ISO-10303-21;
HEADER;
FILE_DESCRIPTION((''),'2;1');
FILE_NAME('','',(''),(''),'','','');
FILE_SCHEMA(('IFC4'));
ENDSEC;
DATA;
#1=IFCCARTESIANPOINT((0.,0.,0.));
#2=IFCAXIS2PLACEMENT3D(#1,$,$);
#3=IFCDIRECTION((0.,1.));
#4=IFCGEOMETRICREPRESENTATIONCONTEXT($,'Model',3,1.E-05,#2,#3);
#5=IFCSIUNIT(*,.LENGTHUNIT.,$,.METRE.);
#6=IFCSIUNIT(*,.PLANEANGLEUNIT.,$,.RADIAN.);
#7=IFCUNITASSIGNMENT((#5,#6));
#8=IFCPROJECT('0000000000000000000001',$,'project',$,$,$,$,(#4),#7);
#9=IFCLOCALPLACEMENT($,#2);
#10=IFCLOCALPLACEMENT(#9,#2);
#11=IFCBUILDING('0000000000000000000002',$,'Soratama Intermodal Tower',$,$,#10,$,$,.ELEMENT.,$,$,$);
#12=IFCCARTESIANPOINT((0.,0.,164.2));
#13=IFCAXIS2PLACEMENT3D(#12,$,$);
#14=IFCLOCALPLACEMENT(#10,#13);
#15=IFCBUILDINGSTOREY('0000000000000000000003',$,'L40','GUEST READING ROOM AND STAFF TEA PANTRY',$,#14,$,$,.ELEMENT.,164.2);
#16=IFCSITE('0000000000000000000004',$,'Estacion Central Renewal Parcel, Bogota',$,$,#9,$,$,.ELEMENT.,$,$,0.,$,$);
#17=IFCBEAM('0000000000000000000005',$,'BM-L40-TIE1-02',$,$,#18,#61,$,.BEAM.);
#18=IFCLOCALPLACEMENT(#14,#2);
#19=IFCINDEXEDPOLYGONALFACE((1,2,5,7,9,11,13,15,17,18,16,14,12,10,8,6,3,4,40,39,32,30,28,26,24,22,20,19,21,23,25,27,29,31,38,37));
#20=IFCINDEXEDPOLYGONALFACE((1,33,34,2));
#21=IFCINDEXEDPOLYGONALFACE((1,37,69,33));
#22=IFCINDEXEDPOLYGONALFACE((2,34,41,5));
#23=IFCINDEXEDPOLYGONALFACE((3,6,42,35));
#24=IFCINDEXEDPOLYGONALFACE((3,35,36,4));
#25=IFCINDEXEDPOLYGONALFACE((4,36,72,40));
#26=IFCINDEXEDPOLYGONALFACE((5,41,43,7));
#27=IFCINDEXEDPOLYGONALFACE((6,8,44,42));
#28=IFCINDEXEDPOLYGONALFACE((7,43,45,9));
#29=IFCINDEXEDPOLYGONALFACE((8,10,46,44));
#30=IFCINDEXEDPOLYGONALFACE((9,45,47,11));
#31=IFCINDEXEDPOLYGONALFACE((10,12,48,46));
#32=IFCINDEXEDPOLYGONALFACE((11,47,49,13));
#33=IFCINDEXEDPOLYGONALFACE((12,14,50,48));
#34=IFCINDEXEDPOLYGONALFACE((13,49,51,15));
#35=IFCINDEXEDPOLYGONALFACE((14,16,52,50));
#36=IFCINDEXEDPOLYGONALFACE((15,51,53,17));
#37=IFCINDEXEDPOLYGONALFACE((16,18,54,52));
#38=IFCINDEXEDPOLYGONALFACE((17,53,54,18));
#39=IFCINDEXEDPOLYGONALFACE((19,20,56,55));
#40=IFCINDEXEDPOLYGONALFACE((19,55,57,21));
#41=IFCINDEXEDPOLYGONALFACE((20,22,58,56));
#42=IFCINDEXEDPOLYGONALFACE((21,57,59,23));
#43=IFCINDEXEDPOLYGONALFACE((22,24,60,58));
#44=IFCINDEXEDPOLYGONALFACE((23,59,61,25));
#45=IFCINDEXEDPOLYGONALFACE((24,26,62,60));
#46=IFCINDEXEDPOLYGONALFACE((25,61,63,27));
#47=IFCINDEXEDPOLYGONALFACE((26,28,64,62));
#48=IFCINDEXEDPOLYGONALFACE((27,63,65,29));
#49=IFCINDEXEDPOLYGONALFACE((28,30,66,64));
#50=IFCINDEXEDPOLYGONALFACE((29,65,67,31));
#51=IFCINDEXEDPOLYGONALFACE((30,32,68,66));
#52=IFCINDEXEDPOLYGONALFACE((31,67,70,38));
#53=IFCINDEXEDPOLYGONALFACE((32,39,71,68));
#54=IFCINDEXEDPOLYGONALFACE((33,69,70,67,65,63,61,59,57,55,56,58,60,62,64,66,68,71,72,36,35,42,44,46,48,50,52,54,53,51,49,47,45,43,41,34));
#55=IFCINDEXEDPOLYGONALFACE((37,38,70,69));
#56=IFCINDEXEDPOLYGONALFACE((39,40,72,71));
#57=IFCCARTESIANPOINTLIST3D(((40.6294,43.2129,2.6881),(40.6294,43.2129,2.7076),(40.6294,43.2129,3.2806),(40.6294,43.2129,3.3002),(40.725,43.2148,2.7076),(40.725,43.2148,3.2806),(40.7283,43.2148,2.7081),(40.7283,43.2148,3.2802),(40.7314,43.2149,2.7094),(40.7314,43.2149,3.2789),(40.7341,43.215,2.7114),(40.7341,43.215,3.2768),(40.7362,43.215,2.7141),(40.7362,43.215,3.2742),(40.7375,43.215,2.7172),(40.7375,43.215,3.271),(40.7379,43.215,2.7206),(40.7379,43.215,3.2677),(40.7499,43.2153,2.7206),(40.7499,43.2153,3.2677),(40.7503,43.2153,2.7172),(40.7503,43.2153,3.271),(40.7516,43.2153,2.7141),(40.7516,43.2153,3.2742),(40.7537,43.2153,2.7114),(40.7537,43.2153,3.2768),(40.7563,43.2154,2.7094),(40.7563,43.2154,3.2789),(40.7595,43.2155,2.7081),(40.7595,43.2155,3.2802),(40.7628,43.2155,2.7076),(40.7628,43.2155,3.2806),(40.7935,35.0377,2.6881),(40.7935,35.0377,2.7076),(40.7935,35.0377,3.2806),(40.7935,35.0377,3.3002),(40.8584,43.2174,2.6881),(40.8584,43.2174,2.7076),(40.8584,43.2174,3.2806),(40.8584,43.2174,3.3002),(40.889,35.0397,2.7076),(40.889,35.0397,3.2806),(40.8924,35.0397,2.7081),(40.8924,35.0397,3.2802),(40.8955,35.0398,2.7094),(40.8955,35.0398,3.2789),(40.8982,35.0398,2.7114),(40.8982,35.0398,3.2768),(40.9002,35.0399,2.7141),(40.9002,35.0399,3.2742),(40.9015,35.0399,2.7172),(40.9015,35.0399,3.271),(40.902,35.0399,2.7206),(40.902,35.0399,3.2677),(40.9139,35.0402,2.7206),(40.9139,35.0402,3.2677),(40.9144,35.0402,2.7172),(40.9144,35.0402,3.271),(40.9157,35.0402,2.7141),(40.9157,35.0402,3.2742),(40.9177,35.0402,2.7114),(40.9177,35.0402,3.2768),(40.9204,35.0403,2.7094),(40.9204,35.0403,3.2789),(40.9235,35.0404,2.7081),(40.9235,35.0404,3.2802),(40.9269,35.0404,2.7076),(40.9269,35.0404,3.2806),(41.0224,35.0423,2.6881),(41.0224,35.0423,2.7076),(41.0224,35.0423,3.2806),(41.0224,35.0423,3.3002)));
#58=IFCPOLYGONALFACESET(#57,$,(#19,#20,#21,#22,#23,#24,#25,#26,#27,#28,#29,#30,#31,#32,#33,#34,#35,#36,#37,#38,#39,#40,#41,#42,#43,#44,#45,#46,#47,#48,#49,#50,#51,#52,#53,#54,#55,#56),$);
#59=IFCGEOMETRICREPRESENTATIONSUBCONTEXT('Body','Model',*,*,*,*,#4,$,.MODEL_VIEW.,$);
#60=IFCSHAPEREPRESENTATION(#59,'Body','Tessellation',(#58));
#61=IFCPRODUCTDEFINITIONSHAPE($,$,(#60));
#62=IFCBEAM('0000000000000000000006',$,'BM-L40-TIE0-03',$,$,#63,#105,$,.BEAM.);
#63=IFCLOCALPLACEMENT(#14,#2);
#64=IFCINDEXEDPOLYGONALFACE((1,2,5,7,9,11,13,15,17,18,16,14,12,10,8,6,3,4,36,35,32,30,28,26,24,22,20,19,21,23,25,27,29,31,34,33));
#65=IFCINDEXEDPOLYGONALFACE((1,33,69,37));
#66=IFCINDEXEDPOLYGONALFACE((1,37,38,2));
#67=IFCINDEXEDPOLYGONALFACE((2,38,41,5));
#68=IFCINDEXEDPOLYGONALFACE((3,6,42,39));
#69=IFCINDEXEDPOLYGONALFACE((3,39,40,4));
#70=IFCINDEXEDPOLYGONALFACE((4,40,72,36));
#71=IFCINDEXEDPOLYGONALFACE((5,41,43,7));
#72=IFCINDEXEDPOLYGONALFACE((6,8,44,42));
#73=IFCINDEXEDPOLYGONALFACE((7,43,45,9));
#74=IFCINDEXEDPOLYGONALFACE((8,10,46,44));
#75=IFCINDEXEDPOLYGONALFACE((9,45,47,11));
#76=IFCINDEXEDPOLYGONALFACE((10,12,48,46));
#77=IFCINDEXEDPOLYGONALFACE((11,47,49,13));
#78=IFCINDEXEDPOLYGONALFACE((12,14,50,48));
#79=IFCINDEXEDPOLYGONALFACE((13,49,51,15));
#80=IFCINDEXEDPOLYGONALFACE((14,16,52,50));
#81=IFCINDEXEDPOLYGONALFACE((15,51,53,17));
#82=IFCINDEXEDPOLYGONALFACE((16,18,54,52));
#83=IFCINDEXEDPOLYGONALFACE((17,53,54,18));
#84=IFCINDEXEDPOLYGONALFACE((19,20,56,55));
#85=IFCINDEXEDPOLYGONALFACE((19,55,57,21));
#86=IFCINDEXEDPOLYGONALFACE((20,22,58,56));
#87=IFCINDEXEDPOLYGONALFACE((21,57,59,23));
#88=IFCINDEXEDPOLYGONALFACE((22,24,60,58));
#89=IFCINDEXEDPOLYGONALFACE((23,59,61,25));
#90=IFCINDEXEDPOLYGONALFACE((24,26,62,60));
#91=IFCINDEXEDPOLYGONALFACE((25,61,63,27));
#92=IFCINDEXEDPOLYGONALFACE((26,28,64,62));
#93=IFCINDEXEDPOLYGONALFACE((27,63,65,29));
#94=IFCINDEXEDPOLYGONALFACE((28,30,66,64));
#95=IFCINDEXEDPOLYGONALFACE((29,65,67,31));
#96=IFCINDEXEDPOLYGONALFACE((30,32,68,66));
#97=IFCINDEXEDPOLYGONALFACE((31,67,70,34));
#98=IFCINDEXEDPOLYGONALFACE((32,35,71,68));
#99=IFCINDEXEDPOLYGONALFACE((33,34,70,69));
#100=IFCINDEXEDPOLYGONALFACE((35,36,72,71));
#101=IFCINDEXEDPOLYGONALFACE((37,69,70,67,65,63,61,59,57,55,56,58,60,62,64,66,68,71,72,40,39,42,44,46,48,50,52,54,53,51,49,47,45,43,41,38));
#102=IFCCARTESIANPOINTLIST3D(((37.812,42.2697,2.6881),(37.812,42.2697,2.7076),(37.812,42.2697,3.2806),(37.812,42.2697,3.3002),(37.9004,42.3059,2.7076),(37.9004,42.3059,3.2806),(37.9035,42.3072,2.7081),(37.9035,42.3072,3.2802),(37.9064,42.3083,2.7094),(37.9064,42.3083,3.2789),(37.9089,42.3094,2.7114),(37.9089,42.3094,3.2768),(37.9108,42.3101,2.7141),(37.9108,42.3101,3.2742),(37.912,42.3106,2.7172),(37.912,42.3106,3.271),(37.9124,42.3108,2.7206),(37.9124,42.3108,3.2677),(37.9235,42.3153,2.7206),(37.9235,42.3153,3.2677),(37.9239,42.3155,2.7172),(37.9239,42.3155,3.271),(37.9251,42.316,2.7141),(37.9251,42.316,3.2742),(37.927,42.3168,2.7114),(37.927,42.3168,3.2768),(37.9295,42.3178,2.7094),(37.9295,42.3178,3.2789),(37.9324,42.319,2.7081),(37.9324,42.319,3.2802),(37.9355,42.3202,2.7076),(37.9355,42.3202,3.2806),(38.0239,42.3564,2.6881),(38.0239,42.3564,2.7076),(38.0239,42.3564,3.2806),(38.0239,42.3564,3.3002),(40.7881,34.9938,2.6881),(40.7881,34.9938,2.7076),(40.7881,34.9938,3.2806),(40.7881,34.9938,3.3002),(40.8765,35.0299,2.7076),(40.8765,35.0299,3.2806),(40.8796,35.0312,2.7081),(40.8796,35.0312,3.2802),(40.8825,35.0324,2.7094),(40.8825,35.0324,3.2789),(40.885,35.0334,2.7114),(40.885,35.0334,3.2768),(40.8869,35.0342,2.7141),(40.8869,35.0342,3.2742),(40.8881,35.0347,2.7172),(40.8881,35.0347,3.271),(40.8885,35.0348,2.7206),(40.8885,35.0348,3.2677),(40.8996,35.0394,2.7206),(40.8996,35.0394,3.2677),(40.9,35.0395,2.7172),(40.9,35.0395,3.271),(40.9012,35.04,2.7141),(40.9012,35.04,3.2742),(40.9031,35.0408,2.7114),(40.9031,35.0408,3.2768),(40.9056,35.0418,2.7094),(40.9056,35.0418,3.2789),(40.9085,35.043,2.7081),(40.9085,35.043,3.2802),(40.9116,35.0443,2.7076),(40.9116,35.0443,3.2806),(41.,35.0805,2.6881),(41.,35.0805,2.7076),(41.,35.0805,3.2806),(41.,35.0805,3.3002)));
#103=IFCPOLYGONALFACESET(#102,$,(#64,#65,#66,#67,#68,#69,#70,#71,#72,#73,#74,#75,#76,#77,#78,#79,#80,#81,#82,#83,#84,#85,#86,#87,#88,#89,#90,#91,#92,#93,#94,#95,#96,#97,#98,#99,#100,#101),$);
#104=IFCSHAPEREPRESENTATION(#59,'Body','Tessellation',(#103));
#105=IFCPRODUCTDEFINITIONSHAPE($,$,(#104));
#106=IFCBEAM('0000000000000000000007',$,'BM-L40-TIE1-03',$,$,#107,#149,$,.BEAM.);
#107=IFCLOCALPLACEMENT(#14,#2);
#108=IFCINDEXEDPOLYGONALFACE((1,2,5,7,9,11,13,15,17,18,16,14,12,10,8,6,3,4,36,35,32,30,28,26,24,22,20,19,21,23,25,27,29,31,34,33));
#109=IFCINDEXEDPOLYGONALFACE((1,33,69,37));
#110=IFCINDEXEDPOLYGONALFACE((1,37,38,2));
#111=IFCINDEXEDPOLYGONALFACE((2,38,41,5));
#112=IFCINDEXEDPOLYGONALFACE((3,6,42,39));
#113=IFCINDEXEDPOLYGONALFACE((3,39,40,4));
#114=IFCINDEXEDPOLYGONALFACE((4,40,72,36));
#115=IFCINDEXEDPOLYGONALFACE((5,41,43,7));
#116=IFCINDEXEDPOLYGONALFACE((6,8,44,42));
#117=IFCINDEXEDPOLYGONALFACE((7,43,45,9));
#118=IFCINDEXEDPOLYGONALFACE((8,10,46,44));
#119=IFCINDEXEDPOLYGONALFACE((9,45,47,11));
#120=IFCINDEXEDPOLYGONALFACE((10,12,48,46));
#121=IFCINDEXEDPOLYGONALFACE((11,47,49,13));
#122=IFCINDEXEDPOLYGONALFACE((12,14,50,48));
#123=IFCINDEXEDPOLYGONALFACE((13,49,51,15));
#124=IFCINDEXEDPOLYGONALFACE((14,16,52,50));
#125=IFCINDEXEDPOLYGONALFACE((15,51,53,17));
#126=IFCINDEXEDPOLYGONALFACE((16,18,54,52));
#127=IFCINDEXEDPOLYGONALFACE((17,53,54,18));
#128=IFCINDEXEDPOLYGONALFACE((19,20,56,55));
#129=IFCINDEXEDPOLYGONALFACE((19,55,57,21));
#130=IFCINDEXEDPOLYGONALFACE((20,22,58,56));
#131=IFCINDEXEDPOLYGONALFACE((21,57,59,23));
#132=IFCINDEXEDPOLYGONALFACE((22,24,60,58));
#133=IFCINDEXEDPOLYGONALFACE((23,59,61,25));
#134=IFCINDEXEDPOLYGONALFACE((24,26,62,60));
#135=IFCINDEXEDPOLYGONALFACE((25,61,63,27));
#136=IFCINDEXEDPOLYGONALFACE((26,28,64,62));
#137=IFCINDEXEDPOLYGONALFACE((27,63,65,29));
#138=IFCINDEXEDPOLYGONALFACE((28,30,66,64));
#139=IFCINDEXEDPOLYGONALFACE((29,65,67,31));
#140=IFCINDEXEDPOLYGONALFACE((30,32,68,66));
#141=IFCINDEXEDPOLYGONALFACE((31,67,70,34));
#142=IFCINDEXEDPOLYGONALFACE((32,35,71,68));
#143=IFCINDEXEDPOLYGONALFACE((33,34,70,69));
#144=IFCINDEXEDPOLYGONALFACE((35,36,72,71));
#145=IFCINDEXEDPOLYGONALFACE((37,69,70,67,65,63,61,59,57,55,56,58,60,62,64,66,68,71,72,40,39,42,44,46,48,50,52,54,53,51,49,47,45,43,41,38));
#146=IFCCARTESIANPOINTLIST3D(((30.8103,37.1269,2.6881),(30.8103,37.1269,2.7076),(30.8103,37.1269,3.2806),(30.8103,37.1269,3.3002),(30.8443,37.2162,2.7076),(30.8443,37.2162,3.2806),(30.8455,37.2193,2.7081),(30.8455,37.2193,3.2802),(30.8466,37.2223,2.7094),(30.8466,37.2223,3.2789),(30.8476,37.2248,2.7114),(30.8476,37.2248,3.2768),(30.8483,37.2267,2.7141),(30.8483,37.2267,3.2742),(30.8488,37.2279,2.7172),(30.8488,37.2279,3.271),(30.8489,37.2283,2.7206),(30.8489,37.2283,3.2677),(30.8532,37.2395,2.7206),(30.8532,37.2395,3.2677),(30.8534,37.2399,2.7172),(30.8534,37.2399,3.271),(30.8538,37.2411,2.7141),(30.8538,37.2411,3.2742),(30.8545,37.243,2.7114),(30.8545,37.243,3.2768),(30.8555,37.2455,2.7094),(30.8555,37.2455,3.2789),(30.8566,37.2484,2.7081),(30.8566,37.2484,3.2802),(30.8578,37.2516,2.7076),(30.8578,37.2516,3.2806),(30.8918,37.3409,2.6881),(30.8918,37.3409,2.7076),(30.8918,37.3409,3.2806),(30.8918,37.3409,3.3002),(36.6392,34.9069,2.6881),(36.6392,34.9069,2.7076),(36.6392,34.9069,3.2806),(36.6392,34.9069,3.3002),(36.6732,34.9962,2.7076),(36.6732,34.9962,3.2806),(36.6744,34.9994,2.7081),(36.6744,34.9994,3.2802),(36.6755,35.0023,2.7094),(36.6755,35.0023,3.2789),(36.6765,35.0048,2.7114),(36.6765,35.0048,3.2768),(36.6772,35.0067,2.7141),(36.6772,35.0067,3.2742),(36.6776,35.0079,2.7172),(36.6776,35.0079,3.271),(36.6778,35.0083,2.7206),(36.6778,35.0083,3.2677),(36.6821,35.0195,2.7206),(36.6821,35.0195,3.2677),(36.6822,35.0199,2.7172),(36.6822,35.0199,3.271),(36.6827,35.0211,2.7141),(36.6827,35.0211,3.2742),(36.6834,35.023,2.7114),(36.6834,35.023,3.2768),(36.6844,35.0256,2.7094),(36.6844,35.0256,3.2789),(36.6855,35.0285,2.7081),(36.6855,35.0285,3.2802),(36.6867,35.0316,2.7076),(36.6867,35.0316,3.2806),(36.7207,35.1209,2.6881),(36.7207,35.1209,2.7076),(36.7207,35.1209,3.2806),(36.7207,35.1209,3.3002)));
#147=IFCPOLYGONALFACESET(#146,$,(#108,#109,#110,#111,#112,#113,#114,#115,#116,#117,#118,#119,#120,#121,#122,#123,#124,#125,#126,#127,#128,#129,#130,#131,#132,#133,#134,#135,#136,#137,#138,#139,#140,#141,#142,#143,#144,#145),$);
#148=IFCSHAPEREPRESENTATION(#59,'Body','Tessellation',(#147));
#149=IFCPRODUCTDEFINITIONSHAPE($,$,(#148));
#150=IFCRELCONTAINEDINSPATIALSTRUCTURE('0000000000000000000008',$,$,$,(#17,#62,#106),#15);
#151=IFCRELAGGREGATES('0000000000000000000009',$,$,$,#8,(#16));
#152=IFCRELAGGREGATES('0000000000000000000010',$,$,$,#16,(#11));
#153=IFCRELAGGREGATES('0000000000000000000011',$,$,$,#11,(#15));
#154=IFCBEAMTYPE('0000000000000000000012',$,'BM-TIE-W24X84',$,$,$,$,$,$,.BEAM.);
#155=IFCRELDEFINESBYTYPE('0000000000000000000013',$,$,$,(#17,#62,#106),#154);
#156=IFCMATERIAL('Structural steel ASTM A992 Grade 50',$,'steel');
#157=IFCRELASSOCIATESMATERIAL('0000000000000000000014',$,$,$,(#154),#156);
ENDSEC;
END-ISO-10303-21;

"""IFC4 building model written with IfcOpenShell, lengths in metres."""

from ifc_helpers import new_model, si_unit, direction, frame, origin, origin_2d, place, context, subcontext, project, spatial, i_section, extrude, material, material_profile, profile_set, type_object, element, save


model = new_model("IFC4")

# Units and contexts
model_context = context("Model", 3, precision=1e-05, world=origin(), true_north=direction((0.0, 1.0)))
body_context = subcontext(model_context, "Body", "Model", "MODEL_VIEW")
ifc_project = project(units=[si_unit("LENGTHUNIT", "METRE"), si_unit("PLANEANGLEUNIT", "RADIAN")], contexts=[model_context])

# Site, building, storey
site_placement = place(None, origin())
site = spatial("IfcSite", under=ifc_project, at=site_placement, Name="Estacion Central Renewal Parcel, Bogota", CompositionType="ELEMENT", RefElevation=0.0)
building_placement = place(site_placement, origin())
building = spatial("IfcBuilding", under=site, at=building_placement, Name="Soratama Intermodal Tower", CompositionType="ELEMENT")
storey_placement = place(building_placement, frame((0.0, 0.0, 164.2)))
storey = spatial("IfcBuildingStorey", under=building, at=storey_placement, Name="L40", Description="GUEST READING ROOM AND STAFF TEA PANTRY", CompositionType="ELEMENT", Elevation=164.2)

# Beams
ifc_material_1 = material(Name="Structural steel ASTM A992 Grade 50", Category="steel")
ifc_material_profile_1 = material_profile(ifc_material_1, i_section(OverallWidth=0.229, OverallDepth=0.6121, WebThickness=0.012, FlangeThickness=0.0195, FilletRadius=0.0129, at=origin_2d()), Name="W24X84")
ifc_profile_set_1 = profile_set([ifc_material_profile_1], Name="Structural steel ASTM A992 Grade 50")
beam_type_1 = type_object("IfcBeamType", Name="BM-TIE-W24X84", PredefinedType="BEAM", material=ifc_profile_set_1)
beam_1_placement = place(storey_placement, frame((40.908, 35.04, 2.9941), z_axis=(-0.020065, 0.999799, 0.0), x_axis=(-0.999799, -0.020065, 0.0)))
element("IfcBeam", 1, at=beam_1_placement, inside=storey, type_object=beam_type_1, Name="BM-L40-TIE1-02", PredefinedType="BEAM", context=body_context, shape_type="SweptSolid", body=[
    extrude(i_section(OverallWidth=0.229, OverallDepth=0.6121, WebThickness=0.012, FlangeThickness=0.0195, FilletRadius=0.0129, at=origin_2d()), origin(), (0.0, 0.0, 1.0), 8.1768),
])
beam_2_placement = place(storey_placement, frame((40.894, 35.0371, 2.9941), z_axis=(-0.378587, 0.925566, 0.0), x_axis=(-0.925566, -0.378587, 0.0)))
element("IfcBeam", 2, at=beam_2_placement, inside=storey, type_object=beam_type_1, Name="BM-L40-TIE0-03", PredefinedType="BEAM", context=body_context, shape_type="SweptSolid", body=[
    extrude(i_section(OverallWidth=0.229, OverallDepth=0.6121, WebThickness=0.012, FlangeThickness=0.0195, FilletRadius=0.0129, at=origin_2d()), origin(), (0.0, 0.0, 1.0), 7.8611),
])
beam_3_placement = place(storey_placement, frame((36.6799, 35.0139, 2.9941), z_axis=(-0.934517, 0.355919, 0.0), x_axis=(-0.355919, -0.934517, 0.0)))
element("IfcBeam", 3, at=beam_3_placement, inside=storey, type_object=beam_type_1, Name="BM-L40-TIE1-03", PredefinedType="BEAM", context=body_context, shape_type="SweptSolid", body=[
    extrude(i_section(OverallWidth=0.229, OverallDepth=0.6121, WebThickness=0.012, FlangeThickness=0.0195, FilletRadius=0.0129, at=origin_2d()), origin(), (0.0, 0.0, 1.0), 6.2373),
])

save(model, "model.ifc")
